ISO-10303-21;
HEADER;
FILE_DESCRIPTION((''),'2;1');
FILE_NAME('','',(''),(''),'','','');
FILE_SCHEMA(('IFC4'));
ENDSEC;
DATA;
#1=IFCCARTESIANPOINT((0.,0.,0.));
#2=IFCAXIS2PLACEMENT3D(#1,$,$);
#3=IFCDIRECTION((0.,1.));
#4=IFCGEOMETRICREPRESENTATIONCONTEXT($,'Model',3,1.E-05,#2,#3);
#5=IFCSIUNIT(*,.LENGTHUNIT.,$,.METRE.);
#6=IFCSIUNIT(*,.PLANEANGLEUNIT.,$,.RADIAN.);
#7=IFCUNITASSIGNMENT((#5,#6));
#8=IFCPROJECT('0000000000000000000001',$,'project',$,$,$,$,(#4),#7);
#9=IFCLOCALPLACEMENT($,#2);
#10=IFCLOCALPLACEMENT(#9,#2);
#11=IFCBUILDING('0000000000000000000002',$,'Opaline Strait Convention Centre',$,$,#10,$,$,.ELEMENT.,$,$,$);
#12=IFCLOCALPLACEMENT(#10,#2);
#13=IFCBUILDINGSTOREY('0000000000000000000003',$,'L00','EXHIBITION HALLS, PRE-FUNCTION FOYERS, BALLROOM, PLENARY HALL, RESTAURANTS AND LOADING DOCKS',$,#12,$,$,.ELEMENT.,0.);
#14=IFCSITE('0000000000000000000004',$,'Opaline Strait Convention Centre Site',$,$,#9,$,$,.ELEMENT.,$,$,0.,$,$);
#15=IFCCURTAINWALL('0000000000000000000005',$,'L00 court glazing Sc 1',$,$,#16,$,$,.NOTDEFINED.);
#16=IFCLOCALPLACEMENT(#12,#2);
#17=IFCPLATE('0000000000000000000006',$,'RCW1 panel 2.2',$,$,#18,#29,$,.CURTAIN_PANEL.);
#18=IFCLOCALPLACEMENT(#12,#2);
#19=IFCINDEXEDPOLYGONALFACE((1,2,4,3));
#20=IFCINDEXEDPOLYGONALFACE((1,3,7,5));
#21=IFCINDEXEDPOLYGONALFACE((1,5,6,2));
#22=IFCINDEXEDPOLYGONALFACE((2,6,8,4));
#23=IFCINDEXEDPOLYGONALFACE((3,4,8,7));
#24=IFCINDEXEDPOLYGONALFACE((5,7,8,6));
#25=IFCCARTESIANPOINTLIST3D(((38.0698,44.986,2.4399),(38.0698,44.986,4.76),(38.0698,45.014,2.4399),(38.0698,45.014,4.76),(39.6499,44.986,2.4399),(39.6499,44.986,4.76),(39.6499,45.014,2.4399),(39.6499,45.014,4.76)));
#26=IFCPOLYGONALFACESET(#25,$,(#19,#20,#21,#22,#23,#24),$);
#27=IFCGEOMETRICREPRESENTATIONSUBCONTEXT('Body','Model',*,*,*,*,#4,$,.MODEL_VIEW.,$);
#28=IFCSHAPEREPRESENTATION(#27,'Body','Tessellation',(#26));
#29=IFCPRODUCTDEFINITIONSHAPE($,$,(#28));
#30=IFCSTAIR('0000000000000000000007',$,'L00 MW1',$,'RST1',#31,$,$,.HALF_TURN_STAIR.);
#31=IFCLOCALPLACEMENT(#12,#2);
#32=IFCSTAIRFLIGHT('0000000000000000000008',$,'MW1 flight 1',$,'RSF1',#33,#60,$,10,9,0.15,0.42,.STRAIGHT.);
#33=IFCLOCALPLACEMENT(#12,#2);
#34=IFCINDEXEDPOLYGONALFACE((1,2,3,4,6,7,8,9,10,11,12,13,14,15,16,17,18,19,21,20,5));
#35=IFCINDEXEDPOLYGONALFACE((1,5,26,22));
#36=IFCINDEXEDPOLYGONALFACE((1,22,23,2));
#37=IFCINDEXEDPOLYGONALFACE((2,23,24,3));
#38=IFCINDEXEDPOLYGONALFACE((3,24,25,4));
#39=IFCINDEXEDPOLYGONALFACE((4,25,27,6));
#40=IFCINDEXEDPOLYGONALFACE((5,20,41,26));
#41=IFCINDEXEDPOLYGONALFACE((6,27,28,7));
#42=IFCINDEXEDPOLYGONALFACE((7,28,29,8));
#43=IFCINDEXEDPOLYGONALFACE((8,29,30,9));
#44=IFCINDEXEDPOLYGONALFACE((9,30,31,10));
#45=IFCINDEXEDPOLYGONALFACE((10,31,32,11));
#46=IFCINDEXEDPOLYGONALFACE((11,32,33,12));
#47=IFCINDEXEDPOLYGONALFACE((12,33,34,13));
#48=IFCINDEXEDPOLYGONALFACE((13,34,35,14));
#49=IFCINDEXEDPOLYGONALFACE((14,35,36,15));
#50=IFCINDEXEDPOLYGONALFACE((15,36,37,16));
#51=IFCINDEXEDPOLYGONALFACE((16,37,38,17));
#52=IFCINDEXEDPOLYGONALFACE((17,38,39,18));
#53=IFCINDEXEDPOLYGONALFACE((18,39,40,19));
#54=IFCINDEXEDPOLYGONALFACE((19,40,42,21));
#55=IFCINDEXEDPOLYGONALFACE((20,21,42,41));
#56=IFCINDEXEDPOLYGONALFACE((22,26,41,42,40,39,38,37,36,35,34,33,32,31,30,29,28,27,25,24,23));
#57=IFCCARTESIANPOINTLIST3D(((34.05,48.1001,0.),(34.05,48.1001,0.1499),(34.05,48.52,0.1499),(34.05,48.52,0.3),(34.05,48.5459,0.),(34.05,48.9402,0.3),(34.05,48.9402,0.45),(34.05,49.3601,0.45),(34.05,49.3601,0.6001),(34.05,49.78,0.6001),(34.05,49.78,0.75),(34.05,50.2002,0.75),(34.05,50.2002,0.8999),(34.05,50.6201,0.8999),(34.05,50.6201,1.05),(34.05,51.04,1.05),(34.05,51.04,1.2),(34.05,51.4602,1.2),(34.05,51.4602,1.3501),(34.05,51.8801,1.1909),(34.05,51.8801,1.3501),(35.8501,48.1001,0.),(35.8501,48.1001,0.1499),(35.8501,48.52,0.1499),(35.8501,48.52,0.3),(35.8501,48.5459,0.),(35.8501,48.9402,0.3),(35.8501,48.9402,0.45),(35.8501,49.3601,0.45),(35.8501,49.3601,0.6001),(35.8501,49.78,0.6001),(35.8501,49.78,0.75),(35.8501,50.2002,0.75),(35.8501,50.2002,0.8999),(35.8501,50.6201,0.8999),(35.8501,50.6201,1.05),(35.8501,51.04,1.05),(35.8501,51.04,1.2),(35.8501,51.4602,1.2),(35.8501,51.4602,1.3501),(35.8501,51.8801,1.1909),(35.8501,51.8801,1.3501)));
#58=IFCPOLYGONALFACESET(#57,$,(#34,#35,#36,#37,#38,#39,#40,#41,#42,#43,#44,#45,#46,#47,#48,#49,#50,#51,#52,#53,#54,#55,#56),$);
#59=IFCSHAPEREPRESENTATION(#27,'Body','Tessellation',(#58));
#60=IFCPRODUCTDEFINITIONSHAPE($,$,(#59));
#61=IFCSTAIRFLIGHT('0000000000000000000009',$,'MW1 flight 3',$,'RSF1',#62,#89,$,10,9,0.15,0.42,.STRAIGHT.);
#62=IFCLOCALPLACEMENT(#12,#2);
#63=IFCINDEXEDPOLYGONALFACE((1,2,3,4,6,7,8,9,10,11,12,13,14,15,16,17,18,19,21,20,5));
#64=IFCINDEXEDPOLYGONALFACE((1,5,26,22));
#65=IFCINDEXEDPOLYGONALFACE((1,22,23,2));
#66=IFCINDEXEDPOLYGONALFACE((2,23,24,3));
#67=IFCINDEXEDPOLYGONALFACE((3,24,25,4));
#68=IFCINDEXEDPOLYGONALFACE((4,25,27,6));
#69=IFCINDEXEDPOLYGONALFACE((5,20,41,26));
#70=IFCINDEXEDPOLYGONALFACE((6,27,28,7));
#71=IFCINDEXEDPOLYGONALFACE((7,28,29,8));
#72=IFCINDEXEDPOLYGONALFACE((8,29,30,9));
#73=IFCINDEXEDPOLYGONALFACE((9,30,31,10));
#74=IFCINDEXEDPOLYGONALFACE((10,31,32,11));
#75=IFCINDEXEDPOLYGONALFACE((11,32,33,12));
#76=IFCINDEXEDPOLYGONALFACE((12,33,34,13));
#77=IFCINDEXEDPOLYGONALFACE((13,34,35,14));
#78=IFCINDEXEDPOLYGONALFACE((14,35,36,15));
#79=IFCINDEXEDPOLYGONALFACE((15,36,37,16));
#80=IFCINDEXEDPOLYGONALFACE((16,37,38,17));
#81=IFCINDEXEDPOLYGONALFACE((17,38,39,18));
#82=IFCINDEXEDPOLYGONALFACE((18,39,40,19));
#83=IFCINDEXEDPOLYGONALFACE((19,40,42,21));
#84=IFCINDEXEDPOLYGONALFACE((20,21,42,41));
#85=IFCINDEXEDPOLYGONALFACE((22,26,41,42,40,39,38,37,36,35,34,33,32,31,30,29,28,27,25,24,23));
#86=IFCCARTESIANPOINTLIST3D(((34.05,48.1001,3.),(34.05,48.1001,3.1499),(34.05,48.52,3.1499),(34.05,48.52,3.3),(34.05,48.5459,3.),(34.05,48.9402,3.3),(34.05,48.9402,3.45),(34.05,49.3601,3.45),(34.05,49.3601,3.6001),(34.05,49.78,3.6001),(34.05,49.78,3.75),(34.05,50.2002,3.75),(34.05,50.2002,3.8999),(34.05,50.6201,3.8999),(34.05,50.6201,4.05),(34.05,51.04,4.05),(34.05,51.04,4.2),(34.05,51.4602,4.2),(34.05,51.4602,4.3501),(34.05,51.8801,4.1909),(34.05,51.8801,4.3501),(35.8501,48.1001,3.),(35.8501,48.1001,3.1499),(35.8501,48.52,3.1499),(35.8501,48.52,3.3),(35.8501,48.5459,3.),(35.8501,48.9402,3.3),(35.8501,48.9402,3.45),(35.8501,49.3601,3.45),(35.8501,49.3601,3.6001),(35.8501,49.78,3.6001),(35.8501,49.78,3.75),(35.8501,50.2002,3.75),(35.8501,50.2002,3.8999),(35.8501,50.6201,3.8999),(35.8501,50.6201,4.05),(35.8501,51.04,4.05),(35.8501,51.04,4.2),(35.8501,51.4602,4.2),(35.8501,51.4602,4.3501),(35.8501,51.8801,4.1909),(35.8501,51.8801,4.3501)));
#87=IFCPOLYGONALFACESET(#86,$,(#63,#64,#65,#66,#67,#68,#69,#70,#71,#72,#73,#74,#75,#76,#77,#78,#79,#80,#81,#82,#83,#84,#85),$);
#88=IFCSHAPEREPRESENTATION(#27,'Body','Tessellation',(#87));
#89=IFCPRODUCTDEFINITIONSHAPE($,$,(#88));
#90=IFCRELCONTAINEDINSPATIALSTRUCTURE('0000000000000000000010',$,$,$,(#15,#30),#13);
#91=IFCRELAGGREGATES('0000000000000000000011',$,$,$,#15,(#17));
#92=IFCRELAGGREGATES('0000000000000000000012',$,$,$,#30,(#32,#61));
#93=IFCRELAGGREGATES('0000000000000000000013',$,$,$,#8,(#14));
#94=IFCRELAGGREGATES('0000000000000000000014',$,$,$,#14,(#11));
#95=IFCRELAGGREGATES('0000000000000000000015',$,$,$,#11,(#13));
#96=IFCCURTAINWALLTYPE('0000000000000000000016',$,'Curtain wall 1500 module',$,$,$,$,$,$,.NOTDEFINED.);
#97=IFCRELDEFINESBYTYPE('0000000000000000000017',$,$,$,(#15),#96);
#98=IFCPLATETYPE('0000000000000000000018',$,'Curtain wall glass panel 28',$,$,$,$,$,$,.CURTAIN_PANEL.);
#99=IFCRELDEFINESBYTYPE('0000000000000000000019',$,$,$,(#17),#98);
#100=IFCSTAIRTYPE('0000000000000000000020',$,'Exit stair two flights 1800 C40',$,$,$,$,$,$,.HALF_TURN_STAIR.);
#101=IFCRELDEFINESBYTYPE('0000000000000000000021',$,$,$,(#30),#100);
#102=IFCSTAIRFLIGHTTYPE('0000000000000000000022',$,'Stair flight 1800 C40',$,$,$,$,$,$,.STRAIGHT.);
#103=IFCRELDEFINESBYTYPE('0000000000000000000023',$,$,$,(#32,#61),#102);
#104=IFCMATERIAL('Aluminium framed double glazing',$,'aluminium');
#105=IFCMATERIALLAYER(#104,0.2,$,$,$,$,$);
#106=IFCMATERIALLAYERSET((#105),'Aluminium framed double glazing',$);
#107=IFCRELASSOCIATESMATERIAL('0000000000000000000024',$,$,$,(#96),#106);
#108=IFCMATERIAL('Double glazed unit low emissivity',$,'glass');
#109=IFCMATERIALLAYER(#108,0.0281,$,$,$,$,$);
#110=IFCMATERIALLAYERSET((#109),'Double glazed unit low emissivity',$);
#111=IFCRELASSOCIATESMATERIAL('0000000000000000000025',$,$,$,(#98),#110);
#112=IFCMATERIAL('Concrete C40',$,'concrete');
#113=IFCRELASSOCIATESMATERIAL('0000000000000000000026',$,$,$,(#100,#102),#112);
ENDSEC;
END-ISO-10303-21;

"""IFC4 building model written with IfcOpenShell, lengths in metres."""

from ifc_helpers import new_model, si_unit, direction, frame, origin, origin_2d, place, context, subcontext, project, spatial, polyline, rectangle, outline, extrude, material, layer, layer_set, type_object, element, aggregate, save


model = new_model("IFC4")

# Units and contexts
model_context = context("Model", 3, precision=1e-05, world=origin(), true_north=direction((0.0, 1.0)))
body_context = subcontext(model_context, "Body", "Model", "MODEL_VIEW")
ifc_project = project(units=[si_unit("LENGTHUNIT", "METRE"), si_unit("PLANEANGLEUNIT", "RADIAN")], contexts=[model_context])

# Site, building, storey
site_placement = place(None, origin())
site = spatial("IfcSite", under=ifc_project, at=site_placement, Name="Opaline Strait Convention Centre Site", CompositionType="ELEMENT", RefElevation=0.0)
building_placement = place(site_placement, origin())
building = spatial("IfcBuilding", under=site, at=building_placement, Name="Opaline Strait Convention Centre", CompositionType="ELEMENT")
storey_placement = place(building_placement, origin())
storey = spatial("IfcBuildingStorey", under=building, at=storey_placement, Name="L00", Description="EXHIBITION HALLS, PRE-FUNCTION FOYERS, BALLROOM, PLENARY HALL, RESTAURANTS AND LOADING DOCKS", CompositionType="ELEMENT", Elevation=0.0)

# Shared definitions
ifc_material_1 = material(Name="Concrete C40", Category="concrete")

# Curtain wall, plate
ifc_material_2 = material(Name="Aluminium framed double glazing", Category="aluminium")
ifc_layer_1 = layer(ifc_material_2, 0.2)
ifc_layer_set_1 = layer_set([ifc_layer_1], Name="Aluminium framed double glazing")
curtain_wall_type = type_object("IfcCurtainWallType", Name="Curtain wall 1500 module", PredefinedType="NOTDEFINED", material=ifc_layer_set_1)
curtain_wall_placement = place(storey_placement, origin())
curtain_wall = element("IfcCurtainWall", 1, at=curtain_wall_placement, inside=storey, type_object=curtain_wall_type, Name="L00 court glazing Sc 1", PredefinedType="NOTDEFINED")
ifc_material_3 = material(Name="Double glazed unit low emissivity", Category="glass")
ifc_layer_2 = layer(ifc_material_3, 0.0281)
ifc_layer_set_2 = layer_set([ifc_layer_2], Name="Double glazed unit low emissivity")
plate_type = type_object("IfcPlateType", Name="Curtain wall glass panel 28", PredefinedType="CURTAIN_PANEL", material=ifc_layer_set_2)
plate_1_placement = place(storey_placement, frame((38.8599, 45.0, 2.4399), z_axis=(0.0, 0.0, 1.0), x_axis=(1.0, 0.0, 0.0)))
plate_1 = element("IfcPlate", 2, at=plate_1_placement, type_object=plate_type, Name="RCW1 panel 2.2", PredefinedType="CURTAIN_PANEL", context=body_context, shape_type="SweptSolid", body=[
    extrude(rectangle(XDim=1.5801, YDim=0.0281, at=origin_2d()), origin(), (0.0, 0.0, 1.0), 2.3201),
])
aggregate(curtain_wall, [plate_1])

# Stair, stair flights
stair_type = type_object("IfcStairType", Name="Exit stair two flights 1800 C40", PredefinedType="HALF_TURN_STAIR", material=ifc_material_1)
stair_placement = place(storey_placement, origin())
stair = element("IfcStair", 3, at=stair_placement, inside=storey, type_object=stair_type, Name="L00 MW1", ObjectType="RST1", PredefinedType="HALF_TURN_STAIR")
stair_flight_type = type_object("IfcStairFlightType", Name="Stair flight 1800 C40", PredefinedType="STRAIGHT", material=ifc_material_1)
stair_flight_1_placement = place(storey_placement, frame((34.95, 48.1001, 0.0), z_axis=(0.0, 0.0, 1.0), x_axis=(0.0, 1.0, 0.0)))
stair_flight_1 = element("IfcStairFlight", 4, at=stair_flight_1_placement, type_object=stair_flight_type, Name="MW1 flight 1", ObjectType="RSF1", NumberOfRisers=10, NumberOfTreads=9, PredefinedType="STRAIGHT", RiserHeight=0.15, TreadLength=0.42, context=body_context, shape_type="SweptSolid", body=[
    extrude(outline(polyline([(0.0, 0.0), (0.0, 0.1499), (0.4199, 0.1499), (0.4199, 0.3), (0.8401, 0.3), (0.8401, 0.45), (1.26, 0.45), (1.26, 0.6001), (1.6799, 0.6001), (1.6799, 0.75), (2.1001, 0.75), (2.1001, 0.8999), (2.52, 0.8999), (2.52, 1.05), (2.9399, 1.05), (2.9399, 1.2), (3.3601, 1.2), (3.3601, 1.3501), (3.78, 1.3501), (3.78, 1.5), (3.78, 1.1909), (0.4458, 0.0), (0.0, 0.0)])), frame((0.0, 0.8999, 0.0), z_axis=(0.0, -1.0, 0.0), x_axis=(1.0, 0.0, 0.0)), (0.0, 0.0, 1.0), 1.8),
])
stair_flight_2_placement = place(storey_placement, frame((34.95, 48.1001, 3.0), z_axis=(0.0, 0.0, 1.0), x_axis=(0.0, 1.0, 0.0)))
stair_flight_2 = element("IfcStairFlight", 5, at=stair_flight_2_placement, type_object=stair_flight_type, Name="MW1 flight 3", ObjectType="RSF1", NumberOfRisers=10, NumberOfTreads=9, PredefinedType="STRAIGHT", RiserHeight=0.15, TreadLength=0.42, context=body_context, shape_type="SweptSolid", body=[
    extrude(outline(polyline([(0.0, 0.0), (0.0, 0.1499), (0.4199, 0.1499), (0.4199, 0.3), (0.8401, 0.3), (0.8401, 0.45), (1.26, 0.45), (1.26, 0.6001), (1.6799, 0.6001), (1.6799, 0.75), (2.1001, 0.75), (2.1001, 0.8999), (2.52, 0.8999), (2.52, 1.05), (2.9399, 1.05), (2.9399, 1.2), (3.3601, 1.2), (3.3601, 1.3501), (3.78, 1.3501), (3.78, 1.5), (3.78, 1.1909), (0.4458, 0.0), (0.0, 0.0)])), frame((0.0, 0.8999, 0.0), z_axis=(0.0, -1.0, 0.0), x_axis=(1.0, 0.0, 0.0)), (0.0, 0.0, 1.0), 1.8),
])
aggregate(stair, [stair_flight_1, stair_flight_2])

save(model, "model.ifc")
